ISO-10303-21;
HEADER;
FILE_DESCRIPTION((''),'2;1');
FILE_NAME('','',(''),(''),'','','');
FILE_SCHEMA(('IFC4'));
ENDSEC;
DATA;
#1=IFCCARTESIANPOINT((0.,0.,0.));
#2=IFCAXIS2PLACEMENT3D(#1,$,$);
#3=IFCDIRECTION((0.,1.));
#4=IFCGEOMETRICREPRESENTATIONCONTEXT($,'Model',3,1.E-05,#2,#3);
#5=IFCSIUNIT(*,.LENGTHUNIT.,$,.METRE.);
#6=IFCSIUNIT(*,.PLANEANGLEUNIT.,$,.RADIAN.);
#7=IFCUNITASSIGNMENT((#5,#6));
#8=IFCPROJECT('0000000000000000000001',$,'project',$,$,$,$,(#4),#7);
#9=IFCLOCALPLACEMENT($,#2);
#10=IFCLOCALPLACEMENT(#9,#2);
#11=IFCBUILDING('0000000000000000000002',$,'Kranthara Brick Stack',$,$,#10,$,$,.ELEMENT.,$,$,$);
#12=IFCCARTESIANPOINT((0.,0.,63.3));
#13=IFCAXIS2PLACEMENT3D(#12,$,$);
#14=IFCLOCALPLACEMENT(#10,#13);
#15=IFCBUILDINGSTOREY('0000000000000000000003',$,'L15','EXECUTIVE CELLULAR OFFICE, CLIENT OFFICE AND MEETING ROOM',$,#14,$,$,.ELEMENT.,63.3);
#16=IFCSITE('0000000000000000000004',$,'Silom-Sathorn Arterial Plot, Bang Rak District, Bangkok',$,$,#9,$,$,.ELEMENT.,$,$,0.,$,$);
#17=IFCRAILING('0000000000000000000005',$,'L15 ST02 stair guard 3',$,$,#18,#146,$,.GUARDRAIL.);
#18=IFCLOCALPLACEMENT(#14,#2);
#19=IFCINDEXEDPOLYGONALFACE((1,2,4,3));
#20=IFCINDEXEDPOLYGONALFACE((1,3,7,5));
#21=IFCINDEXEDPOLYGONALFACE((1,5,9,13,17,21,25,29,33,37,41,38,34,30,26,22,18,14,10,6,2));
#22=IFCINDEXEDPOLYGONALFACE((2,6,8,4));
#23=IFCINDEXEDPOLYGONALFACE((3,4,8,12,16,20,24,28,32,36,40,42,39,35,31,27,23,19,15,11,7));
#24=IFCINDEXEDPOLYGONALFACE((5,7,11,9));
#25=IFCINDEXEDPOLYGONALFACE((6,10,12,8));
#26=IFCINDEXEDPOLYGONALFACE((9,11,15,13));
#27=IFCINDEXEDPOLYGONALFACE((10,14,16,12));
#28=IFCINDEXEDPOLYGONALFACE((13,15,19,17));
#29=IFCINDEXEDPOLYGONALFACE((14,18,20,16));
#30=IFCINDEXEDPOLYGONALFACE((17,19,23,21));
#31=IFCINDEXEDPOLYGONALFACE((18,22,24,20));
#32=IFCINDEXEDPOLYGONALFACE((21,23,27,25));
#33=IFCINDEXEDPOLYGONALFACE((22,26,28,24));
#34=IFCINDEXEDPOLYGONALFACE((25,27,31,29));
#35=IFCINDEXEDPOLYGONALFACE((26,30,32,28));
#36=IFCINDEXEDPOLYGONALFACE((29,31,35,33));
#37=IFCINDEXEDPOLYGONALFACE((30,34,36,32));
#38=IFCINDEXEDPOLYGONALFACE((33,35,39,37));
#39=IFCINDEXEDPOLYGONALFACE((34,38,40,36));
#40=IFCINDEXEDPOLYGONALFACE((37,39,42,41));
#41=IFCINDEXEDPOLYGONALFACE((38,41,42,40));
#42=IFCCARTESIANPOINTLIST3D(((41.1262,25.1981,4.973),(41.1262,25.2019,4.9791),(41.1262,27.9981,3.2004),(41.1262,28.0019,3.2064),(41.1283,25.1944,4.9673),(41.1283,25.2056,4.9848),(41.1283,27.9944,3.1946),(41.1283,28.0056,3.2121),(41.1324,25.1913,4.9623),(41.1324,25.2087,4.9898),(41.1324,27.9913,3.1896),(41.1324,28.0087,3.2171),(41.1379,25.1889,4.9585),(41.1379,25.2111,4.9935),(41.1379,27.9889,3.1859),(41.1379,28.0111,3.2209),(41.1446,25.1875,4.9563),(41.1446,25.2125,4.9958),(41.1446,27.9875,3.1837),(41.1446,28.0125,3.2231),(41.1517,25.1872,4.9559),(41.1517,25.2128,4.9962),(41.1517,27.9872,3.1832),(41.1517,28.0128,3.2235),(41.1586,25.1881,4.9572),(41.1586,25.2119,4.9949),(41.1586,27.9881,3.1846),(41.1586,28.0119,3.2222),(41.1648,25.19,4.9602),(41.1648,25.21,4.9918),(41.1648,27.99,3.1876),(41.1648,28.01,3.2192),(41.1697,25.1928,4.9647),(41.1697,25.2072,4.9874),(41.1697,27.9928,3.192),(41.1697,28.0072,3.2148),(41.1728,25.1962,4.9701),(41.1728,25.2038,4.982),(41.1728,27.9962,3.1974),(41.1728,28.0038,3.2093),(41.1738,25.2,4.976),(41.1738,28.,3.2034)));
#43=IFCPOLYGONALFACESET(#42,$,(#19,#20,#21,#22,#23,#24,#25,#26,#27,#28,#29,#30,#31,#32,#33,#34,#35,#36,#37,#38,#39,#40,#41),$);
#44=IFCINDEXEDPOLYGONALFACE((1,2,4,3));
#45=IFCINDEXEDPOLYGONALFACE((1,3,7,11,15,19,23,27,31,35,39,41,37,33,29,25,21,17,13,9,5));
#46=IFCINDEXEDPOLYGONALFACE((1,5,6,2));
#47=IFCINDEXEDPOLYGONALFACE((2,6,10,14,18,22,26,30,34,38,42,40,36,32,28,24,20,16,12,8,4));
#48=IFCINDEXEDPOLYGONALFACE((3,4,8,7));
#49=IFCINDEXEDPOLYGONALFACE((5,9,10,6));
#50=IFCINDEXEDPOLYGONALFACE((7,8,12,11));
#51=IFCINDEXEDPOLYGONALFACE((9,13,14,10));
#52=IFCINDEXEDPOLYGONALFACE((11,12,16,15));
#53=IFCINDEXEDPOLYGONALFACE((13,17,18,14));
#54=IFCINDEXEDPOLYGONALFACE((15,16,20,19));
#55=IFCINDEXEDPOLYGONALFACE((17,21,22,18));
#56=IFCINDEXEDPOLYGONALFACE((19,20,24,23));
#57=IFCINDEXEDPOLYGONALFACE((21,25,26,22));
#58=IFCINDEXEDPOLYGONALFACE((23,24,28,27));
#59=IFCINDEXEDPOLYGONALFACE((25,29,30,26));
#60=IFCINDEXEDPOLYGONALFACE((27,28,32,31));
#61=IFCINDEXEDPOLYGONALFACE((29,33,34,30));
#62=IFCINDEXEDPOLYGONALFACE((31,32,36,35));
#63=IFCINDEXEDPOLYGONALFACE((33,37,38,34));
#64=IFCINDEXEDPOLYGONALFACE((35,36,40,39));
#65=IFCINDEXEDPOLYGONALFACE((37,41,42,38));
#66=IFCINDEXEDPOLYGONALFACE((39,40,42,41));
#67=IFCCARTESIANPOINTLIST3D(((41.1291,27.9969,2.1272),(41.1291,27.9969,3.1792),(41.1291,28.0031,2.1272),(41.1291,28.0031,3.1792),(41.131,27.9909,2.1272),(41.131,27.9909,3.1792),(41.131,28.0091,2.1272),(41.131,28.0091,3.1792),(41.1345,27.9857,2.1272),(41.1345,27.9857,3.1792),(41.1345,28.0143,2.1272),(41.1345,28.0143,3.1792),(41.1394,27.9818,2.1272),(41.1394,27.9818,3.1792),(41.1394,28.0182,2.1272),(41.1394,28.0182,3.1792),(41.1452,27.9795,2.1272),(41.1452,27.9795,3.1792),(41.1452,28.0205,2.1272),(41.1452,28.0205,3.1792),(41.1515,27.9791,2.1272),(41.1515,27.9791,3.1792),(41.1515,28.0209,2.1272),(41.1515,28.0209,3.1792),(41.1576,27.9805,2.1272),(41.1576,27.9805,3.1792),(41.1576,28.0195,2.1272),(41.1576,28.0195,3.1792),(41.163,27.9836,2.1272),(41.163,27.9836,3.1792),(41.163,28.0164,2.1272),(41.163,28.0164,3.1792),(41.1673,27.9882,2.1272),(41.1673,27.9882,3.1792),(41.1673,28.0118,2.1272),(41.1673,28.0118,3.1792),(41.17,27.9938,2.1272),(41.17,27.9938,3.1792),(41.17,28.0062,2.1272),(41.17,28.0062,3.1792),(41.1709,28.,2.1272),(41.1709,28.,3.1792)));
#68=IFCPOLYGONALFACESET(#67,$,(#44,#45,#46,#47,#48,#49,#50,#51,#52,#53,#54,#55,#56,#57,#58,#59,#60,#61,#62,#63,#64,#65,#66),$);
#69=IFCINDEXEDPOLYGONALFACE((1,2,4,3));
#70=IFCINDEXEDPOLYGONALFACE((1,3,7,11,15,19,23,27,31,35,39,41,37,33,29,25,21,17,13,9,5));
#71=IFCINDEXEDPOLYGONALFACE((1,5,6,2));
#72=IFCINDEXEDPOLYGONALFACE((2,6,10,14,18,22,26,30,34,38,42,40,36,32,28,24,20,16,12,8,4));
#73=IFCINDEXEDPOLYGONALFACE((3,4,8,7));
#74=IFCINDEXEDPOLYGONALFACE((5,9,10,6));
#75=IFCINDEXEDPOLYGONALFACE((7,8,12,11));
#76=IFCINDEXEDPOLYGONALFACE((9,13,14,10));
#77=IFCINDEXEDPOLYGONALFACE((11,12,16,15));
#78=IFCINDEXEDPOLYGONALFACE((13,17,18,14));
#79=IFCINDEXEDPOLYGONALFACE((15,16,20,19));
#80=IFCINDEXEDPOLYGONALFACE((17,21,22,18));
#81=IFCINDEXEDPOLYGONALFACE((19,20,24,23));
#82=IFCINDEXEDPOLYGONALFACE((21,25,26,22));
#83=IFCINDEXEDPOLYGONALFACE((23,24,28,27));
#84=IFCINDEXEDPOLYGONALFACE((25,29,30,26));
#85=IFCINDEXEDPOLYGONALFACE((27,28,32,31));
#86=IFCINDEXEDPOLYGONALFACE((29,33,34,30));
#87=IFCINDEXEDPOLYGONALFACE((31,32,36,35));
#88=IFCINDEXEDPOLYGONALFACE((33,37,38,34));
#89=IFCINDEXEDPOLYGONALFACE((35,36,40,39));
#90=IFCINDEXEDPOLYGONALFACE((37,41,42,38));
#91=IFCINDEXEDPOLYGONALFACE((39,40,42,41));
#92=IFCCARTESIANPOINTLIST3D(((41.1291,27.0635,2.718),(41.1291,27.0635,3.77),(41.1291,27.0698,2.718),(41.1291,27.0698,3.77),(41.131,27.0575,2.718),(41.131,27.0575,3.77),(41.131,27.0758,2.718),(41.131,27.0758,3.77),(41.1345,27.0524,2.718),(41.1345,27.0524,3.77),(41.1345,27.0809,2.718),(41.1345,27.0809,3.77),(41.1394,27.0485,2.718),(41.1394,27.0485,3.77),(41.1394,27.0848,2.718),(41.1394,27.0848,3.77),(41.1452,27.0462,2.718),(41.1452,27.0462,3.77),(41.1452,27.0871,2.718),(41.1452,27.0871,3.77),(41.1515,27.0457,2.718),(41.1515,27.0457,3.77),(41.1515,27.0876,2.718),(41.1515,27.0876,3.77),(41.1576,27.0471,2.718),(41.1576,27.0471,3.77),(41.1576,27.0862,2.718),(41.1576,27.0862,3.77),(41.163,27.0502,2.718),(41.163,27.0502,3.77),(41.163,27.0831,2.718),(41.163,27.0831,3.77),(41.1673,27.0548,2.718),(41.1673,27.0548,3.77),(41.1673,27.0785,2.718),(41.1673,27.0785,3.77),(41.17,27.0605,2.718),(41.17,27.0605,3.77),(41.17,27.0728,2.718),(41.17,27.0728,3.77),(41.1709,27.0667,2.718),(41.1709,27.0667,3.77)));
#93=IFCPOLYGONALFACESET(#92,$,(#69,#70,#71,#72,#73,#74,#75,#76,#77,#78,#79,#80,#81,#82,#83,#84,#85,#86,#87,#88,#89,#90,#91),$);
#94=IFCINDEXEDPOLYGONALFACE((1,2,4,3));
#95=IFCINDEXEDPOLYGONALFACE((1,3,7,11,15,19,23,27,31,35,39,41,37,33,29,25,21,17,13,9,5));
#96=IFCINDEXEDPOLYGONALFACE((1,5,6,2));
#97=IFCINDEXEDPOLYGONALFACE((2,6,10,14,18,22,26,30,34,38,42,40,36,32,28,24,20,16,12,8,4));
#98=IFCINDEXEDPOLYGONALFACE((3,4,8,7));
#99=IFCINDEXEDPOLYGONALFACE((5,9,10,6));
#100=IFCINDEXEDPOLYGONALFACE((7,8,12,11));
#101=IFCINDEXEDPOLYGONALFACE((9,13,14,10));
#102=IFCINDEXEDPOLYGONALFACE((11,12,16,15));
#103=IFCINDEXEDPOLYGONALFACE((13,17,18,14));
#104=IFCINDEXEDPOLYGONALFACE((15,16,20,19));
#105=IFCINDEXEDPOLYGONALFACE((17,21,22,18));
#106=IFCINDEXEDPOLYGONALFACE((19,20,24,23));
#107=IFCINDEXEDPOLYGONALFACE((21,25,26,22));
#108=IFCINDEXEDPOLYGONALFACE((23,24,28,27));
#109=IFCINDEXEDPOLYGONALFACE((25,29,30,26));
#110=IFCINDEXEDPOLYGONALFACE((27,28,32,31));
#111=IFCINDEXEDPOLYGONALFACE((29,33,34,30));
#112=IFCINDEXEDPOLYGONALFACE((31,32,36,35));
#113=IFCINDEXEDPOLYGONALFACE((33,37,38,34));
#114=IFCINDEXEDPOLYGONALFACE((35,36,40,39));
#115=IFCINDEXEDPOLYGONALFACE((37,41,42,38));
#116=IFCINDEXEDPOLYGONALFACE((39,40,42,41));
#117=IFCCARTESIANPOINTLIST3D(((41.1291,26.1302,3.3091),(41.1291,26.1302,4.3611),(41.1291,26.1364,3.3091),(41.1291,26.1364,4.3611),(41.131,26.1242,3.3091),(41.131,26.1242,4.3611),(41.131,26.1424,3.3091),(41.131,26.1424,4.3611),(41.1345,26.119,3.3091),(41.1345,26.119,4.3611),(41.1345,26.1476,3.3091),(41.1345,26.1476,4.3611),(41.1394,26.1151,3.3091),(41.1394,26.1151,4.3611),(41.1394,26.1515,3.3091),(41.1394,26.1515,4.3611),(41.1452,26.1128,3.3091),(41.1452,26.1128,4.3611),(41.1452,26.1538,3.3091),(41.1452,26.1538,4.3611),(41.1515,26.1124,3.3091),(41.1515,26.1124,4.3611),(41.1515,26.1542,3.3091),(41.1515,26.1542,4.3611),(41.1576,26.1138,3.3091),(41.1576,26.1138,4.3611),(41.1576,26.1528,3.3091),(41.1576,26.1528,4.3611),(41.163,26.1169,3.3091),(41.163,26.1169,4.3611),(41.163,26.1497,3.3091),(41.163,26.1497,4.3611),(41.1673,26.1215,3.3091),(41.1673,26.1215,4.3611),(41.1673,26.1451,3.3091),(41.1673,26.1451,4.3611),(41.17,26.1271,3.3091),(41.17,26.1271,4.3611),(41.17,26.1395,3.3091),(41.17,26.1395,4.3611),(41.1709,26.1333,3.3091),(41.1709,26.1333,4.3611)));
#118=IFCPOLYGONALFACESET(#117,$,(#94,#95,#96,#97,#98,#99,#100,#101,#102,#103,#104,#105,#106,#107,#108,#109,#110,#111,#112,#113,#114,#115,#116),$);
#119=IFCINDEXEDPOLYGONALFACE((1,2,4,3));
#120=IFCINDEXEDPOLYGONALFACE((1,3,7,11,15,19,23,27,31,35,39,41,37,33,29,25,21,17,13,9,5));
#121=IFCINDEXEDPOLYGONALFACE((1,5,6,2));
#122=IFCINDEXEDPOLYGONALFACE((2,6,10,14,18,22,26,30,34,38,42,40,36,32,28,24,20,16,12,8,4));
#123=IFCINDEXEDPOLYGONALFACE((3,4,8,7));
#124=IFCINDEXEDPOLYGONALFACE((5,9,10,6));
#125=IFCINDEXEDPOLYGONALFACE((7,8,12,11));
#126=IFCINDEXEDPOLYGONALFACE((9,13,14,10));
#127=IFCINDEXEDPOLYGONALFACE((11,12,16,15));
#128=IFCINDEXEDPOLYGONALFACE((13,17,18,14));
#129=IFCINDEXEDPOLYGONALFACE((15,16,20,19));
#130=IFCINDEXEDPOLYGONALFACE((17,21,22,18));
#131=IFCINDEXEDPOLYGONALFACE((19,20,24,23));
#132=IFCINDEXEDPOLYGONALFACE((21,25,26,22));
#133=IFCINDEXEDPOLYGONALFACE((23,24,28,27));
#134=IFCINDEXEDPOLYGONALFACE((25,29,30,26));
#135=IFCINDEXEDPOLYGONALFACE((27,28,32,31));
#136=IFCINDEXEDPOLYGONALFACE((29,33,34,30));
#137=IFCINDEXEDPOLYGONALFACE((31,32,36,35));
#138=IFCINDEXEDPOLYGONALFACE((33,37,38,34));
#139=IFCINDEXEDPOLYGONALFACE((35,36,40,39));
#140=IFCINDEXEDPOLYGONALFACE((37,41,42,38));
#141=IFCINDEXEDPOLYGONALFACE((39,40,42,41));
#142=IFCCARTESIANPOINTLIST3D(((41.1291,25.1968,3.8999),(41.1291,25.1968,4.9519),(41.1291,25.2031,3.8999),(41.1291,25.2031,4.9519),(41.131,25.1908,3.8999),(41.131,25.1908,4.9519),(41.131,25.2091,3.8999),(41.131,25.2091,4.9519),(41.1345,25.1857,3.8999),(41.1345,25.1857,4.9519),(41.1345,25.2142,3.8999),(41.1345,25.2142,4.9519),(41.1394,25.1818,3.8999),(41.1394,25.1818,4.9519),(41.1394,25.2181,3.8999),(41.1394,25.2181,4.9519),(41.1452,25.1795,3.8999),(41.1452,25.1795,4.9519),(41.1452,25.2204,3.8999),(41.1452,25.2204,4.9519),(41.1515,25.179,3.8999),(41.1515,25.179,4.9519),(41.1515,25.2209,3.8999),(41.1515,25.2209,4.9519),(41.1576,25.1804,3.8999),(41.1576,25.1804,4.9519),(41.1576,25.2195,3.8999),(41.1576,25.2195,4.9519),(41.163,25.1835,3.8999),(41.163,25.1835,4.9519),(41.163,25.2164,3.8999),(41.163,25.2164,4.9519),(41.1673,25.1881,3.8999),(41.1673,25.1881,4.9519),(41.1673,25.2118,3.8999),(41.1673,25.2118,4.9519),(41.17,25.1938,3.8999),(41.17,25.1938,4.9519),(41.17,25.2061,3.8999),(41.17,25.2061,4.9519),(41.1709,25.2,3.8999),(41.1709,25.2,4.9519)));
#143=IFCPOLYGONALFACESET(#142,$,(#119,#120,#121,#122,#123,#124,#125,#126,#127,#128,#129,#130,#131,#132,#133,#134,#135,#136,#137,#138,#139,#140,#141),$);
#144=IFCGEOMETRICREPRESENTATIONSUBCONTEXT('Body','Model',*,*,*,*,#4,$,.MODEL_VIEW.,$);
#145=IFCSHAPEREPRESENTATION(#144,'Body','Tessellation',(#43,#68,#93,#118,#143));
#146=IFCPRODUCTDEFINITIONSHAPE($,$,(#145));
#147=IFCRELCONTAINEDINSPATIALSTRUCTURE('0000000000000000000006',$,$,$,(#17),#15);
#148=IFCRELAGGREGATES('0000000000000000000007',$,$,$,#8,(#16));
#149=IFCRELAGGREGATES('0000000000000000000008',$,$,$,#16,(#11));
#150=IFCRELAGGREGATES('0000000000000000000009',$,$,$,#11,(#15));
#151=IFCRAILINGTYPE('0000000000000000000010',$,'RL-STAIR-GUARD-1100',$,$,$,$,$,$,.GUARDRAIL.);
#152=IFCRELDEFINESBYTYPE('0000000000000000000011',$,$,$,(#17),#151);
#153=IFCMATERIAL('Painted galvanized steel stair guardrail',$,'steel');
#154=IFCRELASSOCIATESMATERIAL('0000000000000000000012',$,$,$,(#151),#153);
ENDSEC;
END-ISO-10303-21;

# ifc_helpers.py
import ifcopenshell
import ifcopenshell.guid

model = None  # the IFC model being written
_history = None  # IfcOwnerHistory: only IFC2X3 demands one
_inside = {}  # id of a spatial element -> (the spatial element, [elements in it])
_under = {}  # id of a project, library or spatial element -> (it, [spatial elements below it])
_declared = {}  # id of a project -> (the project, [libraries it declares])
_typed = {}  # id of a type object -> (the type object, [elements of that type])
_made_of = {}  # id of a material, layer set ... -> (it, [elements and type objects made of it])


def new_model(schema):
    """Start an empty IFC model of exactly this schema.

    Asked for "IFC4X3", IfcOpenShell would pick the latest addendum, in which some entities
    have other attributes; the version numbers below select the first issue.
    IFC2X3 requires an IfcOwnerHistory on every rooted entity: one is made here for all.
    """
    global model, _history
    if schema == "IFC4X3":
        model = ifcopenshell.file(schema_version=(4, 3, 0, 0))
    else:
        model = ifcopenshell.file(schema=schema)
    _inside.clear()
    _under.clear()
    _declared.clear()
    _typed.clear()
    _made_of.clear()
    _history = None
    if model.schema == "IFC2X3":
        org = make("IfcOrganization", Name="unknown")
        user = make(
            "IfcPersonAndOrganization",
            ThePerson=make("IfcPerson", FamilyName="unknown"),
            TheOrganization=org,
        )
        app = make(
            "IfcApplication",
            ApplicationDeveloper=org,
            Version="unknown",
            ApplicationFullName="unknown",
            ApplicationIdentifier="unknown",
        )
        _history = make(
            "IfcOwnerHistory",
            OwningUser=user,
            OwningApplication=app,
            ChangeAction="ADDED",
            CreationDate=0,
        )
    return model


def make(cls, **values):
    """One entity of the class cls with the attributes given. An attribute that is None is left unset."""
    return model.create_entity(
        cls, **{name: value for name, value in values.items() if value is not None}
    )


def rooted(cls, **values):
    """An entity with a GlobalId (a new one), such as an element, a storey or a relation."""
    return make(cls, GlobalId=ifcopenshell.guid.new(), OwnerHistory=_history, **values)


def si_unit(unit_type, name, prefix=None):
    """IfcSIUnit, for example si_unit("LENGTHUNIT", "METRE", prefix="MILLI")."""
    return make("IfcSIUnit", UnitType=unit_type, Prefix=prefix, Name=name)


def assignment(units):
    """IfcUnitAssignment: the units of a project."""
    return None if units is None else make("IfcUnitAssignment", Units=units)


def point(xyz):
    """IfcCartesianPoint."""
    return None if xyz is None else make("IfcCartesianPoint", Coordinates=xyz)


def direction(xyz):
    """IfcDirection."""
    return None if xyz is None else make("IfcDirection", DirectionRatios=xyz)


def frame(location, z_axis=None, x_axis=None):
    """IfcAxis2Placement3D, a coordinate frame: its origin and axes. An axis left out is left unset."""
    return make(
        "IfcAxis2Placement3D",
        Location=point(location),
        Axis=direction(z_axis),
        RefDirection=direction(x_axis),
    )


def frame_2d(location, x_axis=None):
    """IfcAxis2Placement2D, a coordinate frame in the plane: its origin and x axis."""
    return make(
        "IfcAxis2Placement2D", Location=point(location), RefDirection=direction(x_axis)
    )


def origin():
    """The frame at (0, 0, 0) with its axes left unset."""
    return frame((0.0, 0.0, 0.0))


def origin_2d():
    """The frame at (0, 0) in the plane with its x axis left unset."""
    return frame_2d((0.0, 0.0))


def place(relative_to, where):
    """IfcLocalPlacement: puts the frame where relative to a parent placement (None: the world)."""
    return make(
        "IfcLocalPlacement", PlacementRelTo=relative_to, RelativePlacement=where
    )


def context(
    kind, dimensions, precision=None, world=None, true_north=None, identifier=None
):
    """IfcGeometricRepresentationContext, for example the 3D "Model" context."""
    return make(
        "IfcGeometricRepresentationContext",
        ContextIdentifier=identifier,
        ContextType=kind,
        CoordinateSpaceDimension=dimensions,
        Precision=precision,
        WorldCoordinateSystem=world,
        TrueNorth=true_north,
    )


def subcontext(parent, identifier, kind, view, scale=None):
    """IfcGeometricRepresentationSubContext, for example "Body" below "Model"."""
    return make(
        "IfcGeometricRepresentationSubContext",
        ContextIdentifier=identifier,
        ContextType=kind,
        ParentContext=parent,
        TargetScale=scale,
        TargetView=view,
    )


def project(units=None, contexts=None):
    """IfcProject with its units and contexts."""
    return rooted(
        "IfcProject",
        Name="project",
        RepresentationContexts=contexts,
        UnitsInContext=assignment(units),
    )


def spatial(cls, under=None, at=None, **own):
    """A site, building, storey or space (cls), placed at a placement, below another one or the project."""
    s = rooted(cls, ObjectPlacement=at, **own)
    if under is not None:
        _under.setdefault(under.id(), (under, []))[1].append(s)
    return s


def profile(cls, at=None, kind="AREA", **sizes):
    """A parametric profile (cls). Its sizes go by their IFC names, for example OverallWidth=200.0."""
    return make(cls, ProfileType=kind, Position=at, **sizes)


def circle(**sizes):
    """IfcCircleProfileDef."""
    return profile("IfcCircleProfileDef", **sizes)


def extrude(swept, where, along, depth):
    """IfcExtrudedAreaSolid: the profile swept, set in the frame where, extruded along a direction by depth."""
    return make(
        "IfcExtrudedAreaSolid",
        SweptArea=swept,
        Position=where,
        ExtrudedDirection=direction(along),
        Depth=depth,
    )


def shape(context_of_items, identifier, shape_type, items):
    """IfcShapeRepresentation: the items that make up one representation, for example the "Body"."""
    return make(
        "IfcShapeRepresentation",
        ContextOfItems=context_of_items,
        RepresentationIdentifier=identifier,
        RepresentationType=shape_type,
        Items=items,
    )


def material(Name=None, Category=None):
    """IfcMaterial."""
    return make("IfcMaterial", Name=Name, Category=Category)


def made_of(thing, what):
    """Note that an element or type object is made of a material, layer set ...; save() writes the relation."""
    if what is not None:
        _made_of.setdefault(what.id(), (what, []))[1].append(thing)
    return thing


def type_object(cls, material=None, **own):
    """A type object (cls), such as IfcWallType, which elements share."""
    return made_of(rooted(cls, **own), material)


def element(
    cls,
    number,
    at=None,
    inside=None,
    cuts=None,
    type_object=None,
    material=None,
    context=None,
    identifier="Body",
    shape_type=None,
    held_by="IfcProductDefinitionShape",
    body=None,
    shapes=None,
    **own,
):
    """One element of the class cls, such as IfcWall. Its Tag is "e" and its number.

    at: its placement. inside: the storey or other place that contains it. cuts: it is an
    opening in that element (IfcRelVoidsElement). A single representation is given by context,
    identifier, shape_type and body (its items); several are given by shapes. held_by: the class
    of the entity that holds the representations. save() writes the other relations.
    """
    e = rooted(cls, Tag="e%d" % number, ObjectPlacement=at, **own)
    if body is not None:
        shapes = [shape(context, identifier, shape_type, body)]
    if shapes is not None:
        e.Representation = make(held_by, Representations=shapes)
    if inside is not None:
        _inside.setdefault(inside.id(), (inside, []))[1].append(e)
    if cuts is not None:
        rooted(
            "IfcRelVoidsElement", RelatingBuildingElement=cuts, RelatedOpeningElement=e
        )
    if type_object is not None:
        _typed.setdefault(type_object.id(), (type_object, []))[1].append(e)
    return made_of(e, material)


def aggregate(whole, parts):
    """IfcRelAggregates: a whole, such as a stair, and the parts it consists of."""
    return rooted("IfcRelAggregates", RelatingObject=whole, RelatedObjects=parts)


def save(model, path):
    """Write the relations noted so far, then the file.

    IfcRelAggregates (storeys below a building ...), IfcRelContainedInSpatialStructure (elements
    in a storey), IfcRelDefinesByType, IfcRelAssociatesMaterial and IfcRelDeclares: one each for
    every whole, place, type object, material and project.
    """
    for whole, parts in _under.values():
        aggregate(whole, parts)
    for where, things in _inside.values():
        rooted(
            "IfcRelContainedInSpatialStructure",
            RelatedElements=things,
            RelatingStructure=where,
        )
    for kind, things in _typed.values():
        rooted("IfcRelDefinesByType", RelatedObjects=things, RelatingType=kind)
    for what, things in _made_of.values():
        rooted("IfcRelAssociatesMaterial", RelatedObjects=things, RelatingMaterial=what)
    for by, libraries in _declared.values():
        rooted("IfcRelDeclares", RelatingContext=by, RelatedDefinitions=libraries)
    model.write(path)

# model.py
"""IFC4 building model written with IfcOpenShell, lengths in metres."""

from ifc_helpers import new_model, si_unit, direction, frame, origin, origin_2d, place, context, subcontext, project, spatial, circle, extrude, material, type_object, element, save


model = new_model("IFC4")

# Units and contexts
model_context = context("Model", 3, precision=1e-05, world=origin(), true_north=direction((0.0, 1.0)))
body_context = subcontext(model_context, "Body", "Model", "MODEL_VIEW")
ifc_project = project(units=[si_unit("LENGTHUNIT", "METRE"), si_unit("PLANEANGLEUNIT", "RADIAN")], contexts=[model_context])

# Site, building, storey
site_placement = place(None, origin())
site = spatial("IfcSite", under=ifc_project, at=site_placement, Name="Silom-Sathorn Arterial Plot, Bang Rak District, Bangkok", CompositionType="ELEMENT", RefElevation=0.0)
building_placement = place(site_placement, origin())
building = spatial("IfcBuilding", under=site, at=building_placement, Name="Kranthara Brick Stack", CompositionType="ELEMENT")
storey_placement = place(building_placement, frame((0.0, 0.0, 63.3)))
storey = spatial("IfcBuildingStorey", under=building, at=storey_placement, Name="L15", Description="EXECUTIVE CELLULAR OFFICE, CLIENT OFFICE AND MEETING ROOM", CompositionType="ELEMENT", Elevation=63.3)

# Railing
ifc_material_1 = material(Name="Painted galvanized steel stair guardrail", Category="steel")
railing_type_1 = type_object("IfcRailingType", Name="RL-STAIR-GUARD-1100", PredefinedType="GUARDRAIL", material=ifc_material_1)
railing_1_placement = place(storey_placement, frame((41.1499, 28.0, 2.1272)))
element("IfcRailing", 1, at=railing_1_placement, inside=storey, type_object=railing_type_1, Name="L15 ST02 stair guard 3", PredefinedType="GUARDRAIL", context=body_context, shape_type="SweptSolid", body=[
    extrude(circle(Radius=0.0239, at=origin_2d()), frame((0.0, 0.0, 1.0762), z_axis=(0.0, -0.844909, 0.53491), x_axis=(1.0, 0.0, 0.0)), (0.0, 0.0, 1.0), 3.314),
    extrude(circle(Radius=0.021, at=origin_2d()), origin(), (0.0, 0.0, 1.0), 1.052),
    extrude(circle(Radius=0.021, at=origin_2d()), frame((0.0, -0.9333, 0.5908)), (0.0, 0.0, 1.0), 1.052),
    extrude(circle(Radius=0.021, at=origin_2d()), frame((0.0, -1.8667, 1.1819)), (0.0, 0.0, 1.0), 1.052),
    extrude(circle(Radius=0.021, at=origin_2d()), frame((0.0, -2.8, 1.7727)), (0.0, 0.0, 1.0), 1.052),
])

save(model, "model.ifc")
